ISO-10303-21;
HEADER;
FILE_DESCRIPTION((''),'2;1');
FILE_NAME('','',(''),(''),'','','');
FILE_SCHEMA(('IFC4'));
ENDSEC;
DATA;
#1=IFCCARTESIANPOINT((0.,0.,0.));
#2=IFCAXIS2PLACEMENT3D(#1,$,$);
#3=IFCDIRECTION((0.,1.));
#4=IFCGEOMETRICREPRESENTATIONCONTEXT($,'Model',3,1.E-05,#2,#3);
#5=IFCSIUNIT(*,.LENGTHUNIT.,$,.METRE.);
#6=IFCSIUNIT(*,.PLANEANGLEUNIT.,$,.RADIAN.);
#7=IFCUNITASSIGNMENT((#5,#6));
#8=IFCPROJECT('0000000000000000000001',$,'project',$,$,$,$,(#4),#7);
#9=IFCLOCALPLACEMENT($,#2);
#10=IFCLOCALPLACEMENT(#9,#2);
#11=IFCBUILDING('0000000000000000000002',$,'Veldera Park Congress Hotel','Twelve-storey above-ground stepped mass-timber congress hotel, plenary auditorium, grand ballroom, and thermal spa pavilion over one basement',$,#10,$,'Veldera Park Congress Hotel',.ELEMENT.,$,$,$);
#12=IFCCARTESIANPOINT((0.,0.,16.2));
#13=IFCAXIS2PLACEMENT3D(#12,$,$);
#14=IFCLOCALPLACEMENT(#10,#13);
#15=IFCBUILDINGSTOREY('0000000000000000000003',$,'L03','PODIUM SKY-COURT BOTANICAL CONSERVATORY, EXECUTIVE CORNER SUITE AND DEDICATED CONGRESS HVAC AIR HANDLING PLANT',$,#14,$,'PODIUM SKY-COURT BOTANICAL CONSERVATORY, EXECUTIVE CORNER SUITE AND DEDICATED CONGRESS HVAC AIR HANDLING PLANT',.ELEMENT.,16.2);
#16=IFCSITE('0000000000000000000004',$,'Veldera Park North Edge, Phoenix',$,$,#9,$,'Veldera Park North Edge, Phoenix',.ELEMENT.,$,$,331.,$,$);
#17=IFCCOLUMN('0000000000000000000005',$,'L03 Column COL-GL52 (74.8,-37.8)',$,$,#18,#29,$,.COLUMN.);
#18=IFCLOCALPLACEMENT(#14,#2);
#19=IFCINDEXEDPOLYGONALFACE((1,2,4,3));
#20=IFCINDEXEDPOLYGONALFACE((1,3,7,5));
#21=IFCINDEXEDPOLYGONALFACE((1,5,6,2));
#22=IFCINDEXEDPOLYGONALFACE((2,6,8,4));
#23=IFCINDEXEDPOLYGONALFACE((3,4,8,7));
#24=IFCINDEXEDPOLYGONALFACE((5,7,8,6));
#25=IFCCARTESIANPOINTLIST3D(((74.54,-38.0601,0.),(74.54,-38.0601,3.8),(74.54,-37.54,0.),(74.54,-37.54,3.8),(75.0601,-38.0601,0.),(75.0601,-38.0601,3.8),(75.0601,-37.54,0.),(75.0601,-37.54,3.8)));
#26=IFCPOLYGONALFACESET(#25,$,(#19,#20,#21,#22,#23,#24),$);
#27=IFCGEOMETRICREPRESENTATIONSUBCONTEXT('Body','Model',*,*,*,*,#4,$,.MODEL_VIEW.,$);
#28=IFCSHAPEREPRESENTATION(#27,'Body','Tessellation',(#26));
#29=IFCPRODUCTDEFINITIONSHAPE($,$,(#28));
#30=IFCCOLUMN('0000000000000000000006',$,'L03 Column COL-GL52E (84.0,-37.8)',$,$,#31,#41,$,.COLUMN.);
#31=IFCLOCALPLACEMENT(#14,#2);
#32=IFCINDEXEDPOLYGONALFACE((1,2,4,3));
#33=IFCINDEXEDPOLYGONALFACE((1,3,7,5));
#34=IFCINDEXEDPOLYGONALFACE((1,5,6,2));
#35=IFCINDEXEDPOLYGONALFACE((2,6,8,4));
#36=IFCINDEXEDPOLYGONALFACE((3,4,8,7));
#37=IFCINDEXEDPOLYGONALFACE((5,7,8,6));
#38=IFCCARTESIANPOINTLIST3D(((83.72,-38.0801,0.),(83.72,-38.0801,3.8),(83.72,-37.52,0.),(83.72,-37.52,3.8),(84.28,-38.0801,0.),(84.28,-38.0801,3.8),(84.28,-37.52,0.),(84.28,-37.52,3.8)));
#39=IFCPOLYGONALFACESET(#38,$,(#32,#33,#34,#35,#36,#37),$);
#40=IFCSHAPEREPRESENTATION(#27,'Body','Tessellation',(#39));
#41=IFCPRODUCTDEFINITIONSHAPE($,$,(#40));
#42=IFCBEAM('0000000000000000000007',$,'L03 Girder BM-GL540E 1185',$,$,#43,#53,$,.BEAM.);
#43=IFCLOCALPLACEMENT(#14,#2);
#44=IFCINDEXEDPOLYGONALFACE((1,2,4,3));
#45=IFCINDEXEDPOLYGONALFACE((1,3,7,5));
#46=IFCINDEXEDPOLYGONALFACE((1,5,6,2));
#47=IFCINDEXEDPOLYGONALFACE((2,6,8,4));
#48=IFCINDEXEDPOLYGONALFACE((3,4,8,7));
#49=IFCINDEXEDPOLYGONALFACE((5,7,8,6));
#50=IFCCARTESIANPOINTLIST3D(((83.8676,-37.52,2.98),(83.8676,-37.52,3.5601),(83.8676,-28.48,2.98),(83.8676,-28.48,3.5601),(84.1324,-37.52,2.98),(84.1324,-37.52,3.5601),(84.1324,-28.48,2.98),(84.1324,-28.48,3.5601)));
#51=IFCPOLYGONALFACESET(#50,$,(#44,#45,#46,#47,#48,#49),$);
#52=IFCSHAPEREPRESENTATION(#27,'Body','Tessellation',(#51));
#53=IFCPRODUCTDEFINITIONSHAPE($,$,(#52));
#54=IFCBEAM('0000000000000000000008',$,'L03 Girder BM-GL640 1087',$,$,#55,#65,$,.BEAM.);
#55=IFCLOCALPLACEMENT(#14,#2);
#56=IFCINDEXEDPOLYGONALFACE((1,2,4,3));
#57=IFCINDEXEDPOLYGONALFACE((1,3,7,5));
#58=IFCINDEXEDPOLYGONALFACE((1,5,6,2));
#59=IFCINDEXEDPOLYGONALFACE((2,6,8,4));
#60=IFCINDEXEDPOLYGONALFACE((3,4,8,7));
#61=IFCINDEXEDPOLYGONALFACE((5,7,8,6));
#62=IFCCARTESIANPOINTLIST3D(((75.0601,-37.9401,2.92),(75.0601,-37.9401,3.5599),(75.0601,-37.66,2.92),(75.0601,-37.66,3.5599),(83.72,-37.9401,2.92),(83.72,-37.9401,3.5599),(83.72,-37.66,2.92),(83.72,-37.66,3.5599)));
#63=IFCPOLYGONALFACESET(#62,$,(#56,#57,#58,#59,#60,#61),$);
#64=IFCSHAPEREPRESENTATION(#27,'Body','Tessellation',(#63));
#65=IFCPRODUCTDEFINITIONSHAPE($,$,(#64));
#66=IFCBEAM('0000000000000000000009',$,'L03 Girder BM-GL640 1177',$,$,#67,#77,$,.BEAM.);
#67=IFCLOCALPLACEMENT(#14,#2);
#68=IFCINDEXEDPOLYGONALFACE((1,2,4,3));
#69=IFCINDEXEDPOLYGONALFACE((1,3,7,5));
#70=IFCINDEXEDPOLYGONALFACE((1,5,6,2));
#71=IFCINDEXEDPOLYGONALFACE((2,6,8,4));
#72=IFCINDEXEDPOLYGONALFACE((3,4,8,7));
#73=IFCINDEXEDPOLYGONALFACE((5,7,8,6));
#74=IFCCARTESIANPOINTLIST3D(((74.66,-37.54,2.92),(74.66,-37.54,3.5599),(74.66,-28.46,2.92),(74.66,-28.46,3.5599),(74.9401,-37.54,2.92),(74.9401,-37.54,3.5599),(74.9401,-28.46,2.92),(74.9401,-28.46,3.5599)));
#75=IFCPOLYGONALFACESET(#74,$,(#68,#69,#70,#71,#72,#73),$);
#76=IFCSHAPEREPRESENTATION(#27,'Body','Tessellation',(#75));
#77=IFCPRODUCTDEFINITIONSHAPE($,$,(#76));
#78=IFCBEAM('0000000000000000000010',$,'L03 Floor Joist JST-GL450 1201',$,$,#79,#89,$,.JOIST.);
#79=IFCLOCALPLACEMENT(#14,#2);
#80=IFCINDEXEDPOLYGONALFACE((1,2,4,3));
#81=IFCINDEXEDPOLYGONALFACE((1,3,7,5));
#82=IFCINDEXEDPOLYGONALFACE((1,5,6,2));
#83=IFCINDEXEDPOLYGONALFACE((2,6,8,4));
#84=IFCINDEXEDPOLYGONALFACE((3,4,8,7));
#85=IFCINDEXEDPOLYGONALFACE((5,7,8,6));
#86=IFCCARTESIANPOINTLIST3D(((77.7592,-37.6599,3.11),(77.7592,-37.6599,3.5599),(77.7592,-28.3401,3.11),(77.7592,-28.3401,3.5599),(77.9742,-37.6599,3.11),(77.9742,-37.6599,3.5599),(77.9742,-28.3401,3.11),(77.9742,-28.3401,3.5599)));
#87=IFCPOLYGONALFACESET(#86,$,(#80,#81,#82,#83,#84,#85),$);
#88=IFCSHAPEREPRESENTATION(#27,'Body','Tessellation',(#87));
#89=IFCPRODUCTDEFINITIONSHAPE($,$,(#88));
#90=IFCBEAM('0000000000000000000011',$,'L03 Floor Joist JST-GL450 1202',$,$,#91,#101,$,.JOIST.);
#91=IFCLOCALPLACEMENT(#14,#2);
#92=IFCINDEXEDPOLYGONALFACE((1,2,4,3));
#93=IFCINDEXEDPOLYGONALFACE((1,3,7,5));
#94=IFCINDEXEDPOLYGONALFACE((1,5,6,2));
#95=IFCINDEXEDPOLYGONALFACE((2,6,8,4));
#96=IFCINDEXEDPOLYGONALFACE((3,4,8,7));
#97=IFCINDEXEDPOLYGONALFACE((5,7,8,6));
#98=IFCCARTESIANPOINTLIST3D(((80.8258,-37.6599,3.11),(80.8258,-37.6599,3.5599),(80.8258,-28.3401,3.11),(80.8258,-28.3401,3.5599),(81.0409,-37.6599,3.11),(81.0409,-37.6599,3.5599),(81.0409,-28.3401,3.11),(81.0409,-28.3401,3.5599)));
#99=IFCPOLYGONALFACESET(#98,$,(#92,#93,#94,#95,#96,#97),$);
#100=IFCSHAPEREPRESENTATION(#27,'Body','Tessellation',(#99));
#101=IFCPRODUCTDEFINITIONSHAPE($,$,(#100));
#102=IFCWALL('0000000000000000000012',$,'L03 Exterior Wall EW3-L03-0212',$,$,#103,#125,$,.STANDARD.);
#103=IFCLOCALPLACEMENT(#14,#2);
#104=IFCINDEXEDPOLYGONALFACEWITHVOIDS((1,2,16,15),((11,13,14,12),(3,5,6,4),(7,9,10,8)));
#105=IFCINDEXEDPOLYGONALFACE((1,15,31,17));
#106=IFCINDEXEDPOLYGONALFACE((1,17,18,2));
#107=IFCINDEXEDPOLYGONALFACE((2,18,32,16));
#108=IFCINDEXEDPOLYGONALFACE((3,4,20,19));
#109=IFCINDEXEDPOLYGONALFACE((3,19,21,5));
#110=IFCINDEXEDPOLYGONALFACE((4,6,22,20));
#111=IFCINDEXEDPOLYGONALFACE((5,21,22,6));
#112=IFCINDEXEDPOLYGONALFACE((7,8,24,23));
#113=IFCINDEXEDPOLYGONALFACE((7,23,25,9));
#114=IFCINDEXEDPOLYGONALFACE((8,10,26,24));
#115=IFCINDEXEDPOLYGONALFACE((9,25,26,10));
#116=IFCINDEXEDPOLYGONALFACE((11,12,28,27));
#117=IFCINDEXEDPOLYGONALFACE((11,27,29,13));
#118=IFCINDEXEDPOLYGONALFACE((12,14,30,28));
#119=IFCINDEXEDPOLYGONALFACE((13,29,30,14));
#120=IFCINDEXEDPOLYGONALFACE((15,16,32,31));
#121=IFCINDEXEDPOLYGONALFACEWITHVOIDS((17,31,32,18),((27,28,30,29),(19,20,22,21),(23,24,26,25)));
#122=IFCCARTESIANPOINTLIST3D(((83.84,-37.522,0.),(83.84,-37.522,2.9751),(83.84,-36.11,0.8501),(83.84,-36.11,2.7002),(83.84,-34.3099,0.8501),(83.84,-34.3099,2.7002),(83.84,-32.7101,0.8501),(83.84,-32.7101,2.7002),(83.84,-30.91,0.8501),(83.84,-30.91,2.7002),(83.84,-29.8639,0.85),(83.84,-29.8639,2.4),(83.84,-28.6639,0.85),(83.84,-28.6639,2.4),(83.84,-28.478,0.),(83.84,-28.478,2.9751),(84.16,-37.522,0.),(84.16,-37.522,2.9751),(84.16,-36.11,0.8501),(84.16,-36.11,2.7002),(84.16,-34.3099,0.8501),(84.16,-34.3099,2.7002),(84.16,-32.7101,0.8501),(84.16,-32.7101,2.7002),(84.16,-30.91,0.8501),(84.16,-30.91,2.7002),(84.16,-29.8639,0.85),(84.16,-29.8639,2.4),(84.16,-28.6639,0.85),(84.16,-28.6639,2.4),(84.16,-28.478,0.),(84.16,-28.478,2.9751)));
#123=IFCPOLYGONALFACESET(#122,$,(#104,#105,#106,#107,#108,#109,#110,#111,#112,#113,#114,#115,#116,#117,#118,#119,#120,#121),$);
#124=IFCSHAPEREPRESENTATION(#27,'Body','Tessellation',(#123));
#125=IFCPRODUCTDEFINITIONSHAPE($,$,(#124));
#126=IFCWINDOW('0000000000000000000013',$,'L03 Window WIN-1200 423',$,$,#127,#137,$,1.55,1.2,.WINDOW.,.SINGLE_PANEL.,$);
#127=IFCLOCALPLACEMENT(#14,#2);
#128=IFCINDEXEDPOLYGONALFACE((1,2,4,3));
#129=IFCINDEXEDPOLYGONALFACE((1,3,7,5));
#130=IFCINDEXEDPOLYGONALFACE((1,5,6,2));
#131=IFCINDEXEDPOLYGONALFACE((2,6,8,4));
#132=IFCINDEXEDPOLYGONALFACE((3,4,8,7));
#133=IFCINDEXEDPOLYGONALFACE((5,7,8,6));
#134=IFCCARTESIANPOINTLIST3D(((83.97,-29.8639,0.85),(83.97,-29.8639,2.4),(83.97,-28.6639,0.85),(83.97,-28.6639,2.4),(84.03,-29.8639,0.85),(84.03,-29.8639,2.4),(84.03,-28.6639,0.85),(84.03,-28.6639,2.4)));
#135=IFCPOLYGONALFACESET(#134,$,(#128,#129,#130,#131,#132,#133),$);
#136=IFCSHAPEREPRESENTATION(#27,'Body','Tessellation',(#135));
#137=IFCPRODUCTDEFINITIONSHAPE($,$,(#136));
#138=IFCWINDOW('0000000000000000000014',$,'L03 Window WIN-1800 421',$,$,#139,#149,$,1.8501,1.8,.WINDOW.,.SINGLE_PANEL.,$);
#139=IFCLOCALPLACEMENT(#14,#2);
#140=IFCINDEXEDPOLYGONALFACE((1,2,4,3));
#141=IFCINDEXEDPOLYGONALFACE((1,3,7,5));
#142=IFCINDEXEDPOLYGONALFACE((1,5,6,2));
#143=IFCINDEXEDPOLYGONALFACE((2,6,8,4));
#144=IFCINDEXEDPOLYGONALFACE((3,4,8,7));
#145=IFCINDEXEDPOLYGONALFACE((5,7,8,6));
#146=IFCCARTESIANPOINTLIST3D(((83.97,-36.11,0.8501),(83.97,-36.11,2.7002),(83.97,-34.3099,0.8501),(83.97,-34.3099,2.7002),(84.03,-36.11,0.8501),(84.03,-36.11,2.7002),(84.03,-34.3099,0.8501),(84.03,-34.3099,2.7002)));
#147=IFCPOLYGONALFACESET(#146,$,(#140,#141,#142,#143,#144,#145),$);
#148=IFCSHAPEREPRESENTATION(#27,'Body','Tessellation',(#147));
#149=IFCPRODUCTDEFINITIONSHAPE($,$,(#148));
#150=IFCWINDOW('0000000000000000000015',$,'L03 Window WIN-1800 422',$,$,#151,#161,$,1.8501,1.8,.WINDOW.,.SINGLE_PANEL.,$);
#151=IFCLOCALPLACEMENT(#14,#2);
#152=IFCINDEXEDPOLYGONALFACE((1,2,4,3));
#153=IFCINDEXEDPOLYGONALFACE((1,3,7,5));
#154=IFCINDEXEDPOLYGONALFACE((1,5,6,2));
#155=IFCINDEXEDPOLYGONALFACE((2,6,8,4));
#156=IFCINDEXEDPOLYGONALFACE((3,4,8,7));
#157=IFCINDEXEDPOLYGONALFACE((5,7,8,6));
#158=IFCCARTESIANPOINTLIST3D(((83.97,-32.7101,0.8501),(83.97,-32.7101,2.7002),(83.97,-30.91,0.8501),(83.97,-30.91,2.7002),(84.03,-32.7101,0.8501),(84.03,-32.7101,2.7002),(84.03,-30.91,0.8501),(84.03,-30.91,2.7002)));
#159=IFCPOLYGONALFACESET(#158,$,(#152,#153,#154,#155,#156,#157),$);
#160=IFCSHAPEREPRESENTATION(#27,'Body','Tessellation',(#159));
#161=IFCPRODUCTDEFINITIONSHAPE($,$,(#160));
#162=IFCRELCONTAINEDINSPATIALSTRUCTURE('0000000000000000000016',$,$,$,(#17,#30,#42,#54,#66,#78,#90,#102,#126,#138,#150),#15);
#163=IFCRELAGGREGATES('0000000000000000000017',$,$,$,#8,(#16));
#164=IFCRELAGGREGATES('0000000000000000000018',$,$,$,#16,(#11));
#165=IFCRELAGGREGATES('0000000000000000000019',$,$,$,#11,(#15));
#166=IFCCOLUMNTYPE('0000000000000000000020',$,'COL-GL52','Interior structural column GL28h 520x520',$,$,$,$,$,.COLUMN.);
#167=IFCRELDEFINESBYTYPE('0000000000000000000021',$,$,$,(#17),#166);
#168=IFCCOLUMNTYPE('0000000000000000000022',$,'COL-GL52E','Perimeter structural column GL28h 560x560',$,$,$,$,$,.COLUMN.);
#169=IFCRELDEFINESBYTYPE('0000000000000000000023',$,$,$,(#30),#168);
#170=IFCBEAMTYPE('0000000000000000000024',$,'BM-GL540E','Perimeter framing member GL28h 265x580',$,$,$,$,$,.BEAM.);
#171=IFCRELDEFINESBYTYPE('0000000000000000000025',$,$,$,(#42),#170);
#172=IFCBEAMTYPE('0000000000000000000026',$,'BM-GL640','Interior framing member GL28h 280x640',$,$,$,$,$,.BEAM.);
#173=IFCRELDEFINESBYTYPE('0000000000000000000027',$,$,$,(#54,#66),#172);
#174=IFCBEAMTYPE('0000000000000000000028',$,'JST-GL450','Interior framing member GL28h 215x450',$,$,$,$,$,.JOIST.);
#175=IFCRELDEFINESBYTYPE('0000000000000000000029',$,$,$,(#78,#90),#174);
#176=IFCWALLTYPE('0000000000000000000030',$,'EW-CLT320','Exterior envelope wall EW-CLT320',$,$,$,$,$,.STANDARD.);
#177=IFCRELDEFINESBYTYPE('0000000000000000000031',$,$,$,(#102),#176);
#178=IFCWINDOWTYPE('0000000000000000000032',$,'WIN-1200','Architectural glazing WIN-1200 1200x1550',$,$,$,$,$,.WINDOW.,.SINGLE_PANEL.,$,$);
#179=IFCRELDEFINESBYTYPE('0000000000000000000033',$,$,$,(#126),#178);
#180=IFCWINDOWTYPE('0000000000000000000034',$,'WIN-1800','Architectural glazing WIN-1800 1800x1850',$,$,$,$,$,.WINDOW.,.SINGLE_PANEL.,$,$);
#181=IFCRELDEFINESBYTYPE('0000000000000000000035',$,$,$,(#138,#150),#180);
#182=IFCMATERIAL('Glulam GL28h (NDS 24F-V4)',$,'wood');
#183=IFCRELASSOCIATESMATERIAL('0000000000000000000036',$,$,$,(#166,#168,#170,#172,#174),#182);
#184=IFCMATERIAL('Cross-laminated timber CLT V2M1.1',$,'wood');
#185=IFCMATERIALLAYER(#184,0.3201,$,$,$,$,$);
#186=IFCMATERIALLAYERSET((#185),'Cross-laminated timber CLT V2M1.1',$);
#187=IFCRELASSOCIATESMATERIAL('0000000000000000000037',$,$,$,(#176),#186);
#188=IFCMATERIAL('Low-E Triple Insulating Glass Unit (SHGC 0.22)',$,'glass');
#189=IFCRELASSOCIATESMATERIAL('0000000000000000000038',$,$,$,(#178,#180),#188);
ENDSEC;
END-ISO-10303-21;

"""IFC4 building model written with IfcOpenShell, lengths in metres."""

from ifc_helpers import new_model, si_unit, direction, frame, frame_2d, origin, origin_2d, place, context, subcontext, project, spatial, rectangle, extrude, material, layer, layer_set, material_profile, profile_set, type_object, element, fill, save


model = new_model("IFC4")

# Units and contexts
model_context = context("Model", 3, precision=1e-05, world=origin(), true_north=direction((0.0, 1.0)))
body_context = subcontext(model_context, "Body", "Model", "MODEL_VIEW")
ifc_project = project(units=[si_unit("LENGTHUNIT", "METRE"), si_unit("PLANEANGLEUNIT", "RADIAN")], contexts=[model_context])

# Site, building, storey
site_placement = place(None, origin())
site = spatial("IfcSite", under=ifc_project, at=site_placement, Name="Veldera Park North Edge, Phoenix", LongName="Veldera Park North Edge, Phoenix", CompositionType="ELEMENT", RefElevation=331.0)
building_placement = place(site_placement, origin())
building = spatial("IfcBuilding", under=site, at=building_placement, Name="Veldera Park Congress Hotel", Description="Twelve-storey above-ground stepped mass-timber congress hotel, plenary auditorium, grand ballroom, and thermal spa pavilion over one basement", LongName="Veldera Park Congress Hotel", CompositionType="ELEMENT")
storey_placement = place(building_placement, frame((0.0, 0.0, 16.2)))
storey = spatial("IfcBuildingStorey", under=building, at=storey_placement, Name="L03", Description="PODIUM SKY-COURT BOTANICAL CONSERVATORY, EXECUTIVE CORNER SUITE AND DEDICATED CONGRESS HVAC AIR HANDLING PLANT", LongName="PODIUM SKY-COURT BOTANICAL CONSERVATORY, EXECUTIVE CORNER SUITE AND DEDICATED CONGRESS HVAC AIR HANDLING PLANT", CompositionType="ELEMENT", Elevation=16.2)

# Columns
ifc_material_1 = material(Name="Glulam GL28h (NDS 24F-V4)", Category="wood")
ifc_material_profile_1 = material_profile(ifc_material_1, rectangle(XDim=0.52, YDim=0.52, at=origin_2d()), Name="GL28h 520x520")
ifc_profile_set_1 = profile_set([ifc_material_profile_1], Name="Glulam GL28h (NDS 24F-V4)")
column_type_1 = type_object("IfcColumnType", Name="COL-GL52", Description="Interior structural column GL28h 520x520", PredefinedType="COLUMN", material=ifc_profile_set_1)
column_1_placement = place(storey_placement, frame((74.8, -37.8, 0.0), z_axis=(0.0, 0.0, 1.0), x_axis=(1.0, 0.0, 0.0)))
element("IfcColumn", 1, at=column_1_placement, inside=storey, type_object=column_type_1, Name="L03 Column COL-GL52 (74.8,-37.8)", PredefinedType="COLUMN", context=body_context, shape_type="SweptSolid", body=[
    extrude(rectangle(XDim=0.52, YDim=0.52, at=origin_2d()), origin(), (0.0, 0.0, 1.0), 3.8),
])
ifc_material_profile_2 = material_profile(ifc_material_1, rectangle(XDim=0.5601, YDim=0.5601, at=origin_2d()), Name="GL28h 560x560")
ifc_profile_set_2 = profile_set([ifc_material_profile_2], Name="Glulam GL28h (NDS 24F-V4)")
column_type_2 = type_object("IfcColumnType", Name="COL-GL52E", Description="Perimeter structural column GL28h 560x560", PredefinedType="COLUMN", material=ifc_profile_set_2)
column_2_placement = place(storey_placement, frame((84.0, -37.8, 0.0), z_axis=(0.0, 0.0, 1.0), x_axis=(1.0, 0.0, 0.0)))
element("IfcColumn", 2, at=column_2_placement, inside=storey, type_object=column_type_2, Name="L03 Column COL-GL52E (84.0,-37.8)", PredefinedType="COLUMN", context=body_context, shape_type="SweptSolid", body=[
    extrude(rectangle(XDim=0.5601, YDim=0.5601, at=origin_2d()), origin(), (0.0, 0.0, 1.0), 3.8),
])

# Beams
ifc_material_profile_3 = material_profile(ifc_material_1, rectangle(XDim=0.2649, YDim=0.5801, at=origin_2d()), Name="GL28h 265x580")
ifc_profile_set_3 = profile_set([ifc_material_profile_3], Name="Glulam GL28h (NDS 24F-V4)")
beam_type_1 = type_object("IfcBeamType", Name="BM-GL540E", Description="Perimeter framing member GL28h 265x580", PredefinedType="BEAM", material=ifc_profile_set_3)
beam_1_placement = place(storey_placement, frame((84.0, -37.52, 3.27), z_axis=(0.0, 1.0, 0.0), x_axis=(-1.0, 0.0, 0.0)))
element("IfcBeam", 3, at=beam_1_placement, inside=storey, type_object=beam_type_1, Name="L03 Girder BM-GL540E 1185", PredefinedType="BEAM", context=body_context, shape_type="SweptSolid", body=[
    extrude(rectangle(XDim=0.2649, YDim=0.5801, at=origin_2d()), origin(), (0.0, 0.0, 1.0), 9.04),
])
ifc_material_profile_4 = material_profile(ifc_material_1, rectangle(XDim=0.28, YDim=0.6399, at=origin_2d()), Name="GL28h 280x640")
ifc_profile_set_4 = profile_set([ifc_material_profile_4], Name="Glulam GL28h (NDS 24F-V4)")
beam_type_2 = type_object("IfcBeamType", Name="BM-GL640", Description="Interior framing member GL28h 280x640", PredefinedType="BEAM", material=ifc_profile_set_4)
beam_2_placement = place(storey_placement, frame((75.0601, -37.8, 3.24), z_axis=(1.0, 0.0, 0.0), x_axis=(0.0, 1.0, 0.0)))
element("IfcBeam", 4, at=beam_2_placement, inside=storey, type_object=beam_type_2, Name="L03 Girder BM-GL640 1087", PredefinedType="BEAM", context=body_context, shape_type="SweptSolid", body=[
    extrude(rectangle(XDim=0.28, YDim=0.6399, at=origin_2d()), origin(), (0.0, 0.0, 1.0), 8.6599),
])
beam_3_placement = place(storey_placement, frame((74.8, -37.54, 3.24), z_axis=(0.0, 1.0, 0.0), x_axis=(-1.0, 0.0, 0.0)))
element("IfcBeam", 5, at=beam_3_placement, inside=storey, type_object=beam_type_2, Name="L03 Girder BM-GL640 1177", PredefinedType="BEAM", context=body_context, shape_type="SweptSolid", body=[
    extrude(rectangle(XDim=0.28, YDim=0.6399, at=origin_2d()), origin(), (0.0, 0.0, 1.0), 9.0801),
])
ifc_material_profile_5 = material_profile(ifc_material_1, rectangle(XDim=0.2151, YDim=0.45, at=origin_2d()), Name="GL28h 215x450")
ifc_profile_set_5 = profile_set([ifc_material_profile_5], Name="Glulam GL28h (NDS 24F-V4)")
beam_type_3 = type_object("IfcBeamType", Name="JST-GL450", Description="Interior framing member GL28h 215x450", PredefinedType="JOIST", material=ifc_profile_set_5)
for number, where, z_axis, x_axis, name in (
    (6, (77.8667, -37.6599, 3.335), (0.0, 1.0, 0.0), (-1.0, 0.0, 0.0), "L03 Floor Joist JST-GL450 1201"),
    (7, (80.9333, -37.6599, 3.335), (0.0, 1.0, 0.0), (-1.0, 0.0, 0.0), "L03 Floor Joist JST-GL450 1202"),
):
    element("IfcBeam", number, at=place(storey_placement, frame(where, z_axis=z_axis, x_axis=x_axis)), inside=storey, type_object=beam_type_3, Name=name, PredefinedType="JOIST", context=body_context, shape_type="SweptSolid", body=[
        extrude(rectangle(XDim=0.2151, YDim=0.45, at=origin_2d()), origin(), (0.0, 0.0, 1.0), 9.3198),
    ])

# Wall, openings, windows
ifc_material_2 = material(Name="Cross-laminated timber CLT V2M1.1", Category="wood")
ifc_layer_1 = layer(ifc_material_2, 0.3201)
ifc_layer_set_1 = layer_set([ifc_layer_1], Name="Cross-laminated timber CLT V2M1.1")
wall_type_1 = type_object("IfcWallType", Name="EW-CLT320", Description="Exterior envelope wall EW-CLT320", PredefinedType="STANDARD", material=ifc_layer_set_1)
wall_1_placement = place(storey_placement, frame((84.0, -37.522, 0.0), z_axis=(0.0, 0.0, 1.0), x_axis=(0.0, 1.0, 0.0)))
wall_1 = element("IfcWall", 8, at=wall_1_placement, inside=storey, type_object=wall_type_1, Name="L03 Exterior Wall EW3-L03-0212", PredefinedType="STANDARD", context=body_context, shape_type="SweptSolid", body=[
    extrude(rectangle(XDim=9.0439, YDim=0.3201, at=frame_2d((4.522, 0.0))), origin(), (0.0, 0.0, 1.0), 2.9751),
])
opening_1_placement = place(wall_1_placement, frame((1.4121, 0.0, 0.8501)))
opening_1 = element("IfcOpeningElement", 9, at=opening_1_placement, cuts=wall_1, PredefinedType="OPENING", context=body_context, shape_type="SweptSolid", body=[
    extrude(rectangle(XDim=1.8, YDim=1.8501, at=frame_2d((0.8999, 0.925))), frame((0.0, 0.1721, 0.0), z_axis=(0.0, -1.0, 0.0), x_axis=(1.0, 0.0, 0.0)), (0.0, 0.0, 1.0), 0.344),
])
opening_2_placement = place(wall_1_placement, frame((4.812, 0.0, 0.8501)))
opening_2 = element("IfcOpeningElement", 10, at=opening_2_placement, cuts=wall_1, PredefinedType="OPENING", context=body_context, shape_type="SweptSolid", body=[
    extrude(rectangle(XDim=1.8, YDim=1.8501, at=frame_2d((0.8999, 0.925))), frame((0.0, 0.1721, 0.0), z_axis=(0.0, -1.0, 0.0), x_axis=(1.0, 0.0, 0.0)), (0.0, 0.0, 1.0), 0.344),
])
opening_3_placement = place(wall_1_placement, frame((7.658, 0.0, 0.8501)))
opening_3 = element("IfcOpeningElement", 11, at=opening_3_placement, cuts=wall_1, PredefinedType="OPENING", context=body_context, shape_type="SweptSolid", body=[
    extrude(rectangle(XDim=1.2, YDim=1.55, at=frame_2d((0.6001, 0.7749))), frame((0.0, 0.1721, 0.0), z_axis=(0.0, -1.0, 0.0), x_axis=(1.0, 0.0, 0.0)), (0.0, 0.0, 1.0), 0.344),
])
ifc_material_3 = material(Name="Low-E Triple Insulating Glass Unit (SHGC 0.22)", Category="glass")
window_type_1 = type_object("IfcWindowType", Name="WIN-1200", Description="Architectural glazing WIN-1200 1200x1550", PartitioningType="SINGLE_PANEL", PredefinedType="WINDOW", material=ifc_material_3)
window_1_placement = place(opening_3_placement, origin())
window_1 = element("IfcWindow", 12, at=window_1_placement, inside=storey, type_object=window_type_1, Name="L03 Window WIN-1200 423", OverallHeight=1.55, OverallWidth=1.2, PartitioningType="SINGLE_PANEL", PredefinedType="WINDOW", context=body_context, shape_type="SweptSolid", body=[
    extrude(rectangle(XDim=1.2, YDim=1.55, at=frame_2d((0.6001, 0.7749))), frame((0.0, 0.03, 0.0), z_axis=(0.0, -1.0, 0.0), x_axis=(1.0, 0.0, 0.0)), (0.0, 0.0, 1.0), 0.0601),
])
fill(opening_3, window_1)
window_type_2 = type_object("IfcWindowType", Name="WIN-1800", Description="Architectural glazing WIN-1800 1800x1850", PartitioningType="SINGLE_PANEL", PredefinedType="WINDOW", material=ifc_material_3)
window_2_placement = place(opening_1_placement, origin())
window_2 = element("IfcWindow", 13, at=window_2_placement, inside=storey, type_object=window_type_2, Name="L03 Window WIN-1800 421", OverallHeight=1.8501, OverallWidth=1.8, PartitioningType="SINGLE_PANEL", PredefinedType="WINDOW", context=body_context, shape_type="SweptSolid", body=[
    extrude(rectangle(XDim=1.8, YDim=1.8501, at=frame_2d((0.8999, 0.925))), frame((0.0, 0.03, 0.0), z_axis=(0.0, -1.0, 0.0), x_axis=(1.0, 0.0, 0.0)), (0.0, 0.0, 1.0), 0.0601),
])
fill(opening_1, window_2)
window_3_placement = place(opening_2_placement, origin())
window_3 = element("IfcWindow", 14, at=window_3_placement, inside=storey, type_object=window_type_2, Name="L03 Window WIN-1800 422", OverallHeight=1.8501, OverallWidth=1.8, PartitioningType="SINGLE_PANEL", PredefinedType="WINDOW", context=body_context, shape_type="SweptSolid", body=[
    extrude(rectangle(XDim=1.8, YDim=1.8501, at=frame_2d((0.8999, 0.925))), frame((0.0, 0.03, 0.0), z_axis=(0.0, -1.0, 0.0), x_axis=(1.0, 0.0, 0.0)), (0.0, 0.0, 1.0), 0.0601),
])
fill(opening_2, window_3)

save(model, "model.ifc")
